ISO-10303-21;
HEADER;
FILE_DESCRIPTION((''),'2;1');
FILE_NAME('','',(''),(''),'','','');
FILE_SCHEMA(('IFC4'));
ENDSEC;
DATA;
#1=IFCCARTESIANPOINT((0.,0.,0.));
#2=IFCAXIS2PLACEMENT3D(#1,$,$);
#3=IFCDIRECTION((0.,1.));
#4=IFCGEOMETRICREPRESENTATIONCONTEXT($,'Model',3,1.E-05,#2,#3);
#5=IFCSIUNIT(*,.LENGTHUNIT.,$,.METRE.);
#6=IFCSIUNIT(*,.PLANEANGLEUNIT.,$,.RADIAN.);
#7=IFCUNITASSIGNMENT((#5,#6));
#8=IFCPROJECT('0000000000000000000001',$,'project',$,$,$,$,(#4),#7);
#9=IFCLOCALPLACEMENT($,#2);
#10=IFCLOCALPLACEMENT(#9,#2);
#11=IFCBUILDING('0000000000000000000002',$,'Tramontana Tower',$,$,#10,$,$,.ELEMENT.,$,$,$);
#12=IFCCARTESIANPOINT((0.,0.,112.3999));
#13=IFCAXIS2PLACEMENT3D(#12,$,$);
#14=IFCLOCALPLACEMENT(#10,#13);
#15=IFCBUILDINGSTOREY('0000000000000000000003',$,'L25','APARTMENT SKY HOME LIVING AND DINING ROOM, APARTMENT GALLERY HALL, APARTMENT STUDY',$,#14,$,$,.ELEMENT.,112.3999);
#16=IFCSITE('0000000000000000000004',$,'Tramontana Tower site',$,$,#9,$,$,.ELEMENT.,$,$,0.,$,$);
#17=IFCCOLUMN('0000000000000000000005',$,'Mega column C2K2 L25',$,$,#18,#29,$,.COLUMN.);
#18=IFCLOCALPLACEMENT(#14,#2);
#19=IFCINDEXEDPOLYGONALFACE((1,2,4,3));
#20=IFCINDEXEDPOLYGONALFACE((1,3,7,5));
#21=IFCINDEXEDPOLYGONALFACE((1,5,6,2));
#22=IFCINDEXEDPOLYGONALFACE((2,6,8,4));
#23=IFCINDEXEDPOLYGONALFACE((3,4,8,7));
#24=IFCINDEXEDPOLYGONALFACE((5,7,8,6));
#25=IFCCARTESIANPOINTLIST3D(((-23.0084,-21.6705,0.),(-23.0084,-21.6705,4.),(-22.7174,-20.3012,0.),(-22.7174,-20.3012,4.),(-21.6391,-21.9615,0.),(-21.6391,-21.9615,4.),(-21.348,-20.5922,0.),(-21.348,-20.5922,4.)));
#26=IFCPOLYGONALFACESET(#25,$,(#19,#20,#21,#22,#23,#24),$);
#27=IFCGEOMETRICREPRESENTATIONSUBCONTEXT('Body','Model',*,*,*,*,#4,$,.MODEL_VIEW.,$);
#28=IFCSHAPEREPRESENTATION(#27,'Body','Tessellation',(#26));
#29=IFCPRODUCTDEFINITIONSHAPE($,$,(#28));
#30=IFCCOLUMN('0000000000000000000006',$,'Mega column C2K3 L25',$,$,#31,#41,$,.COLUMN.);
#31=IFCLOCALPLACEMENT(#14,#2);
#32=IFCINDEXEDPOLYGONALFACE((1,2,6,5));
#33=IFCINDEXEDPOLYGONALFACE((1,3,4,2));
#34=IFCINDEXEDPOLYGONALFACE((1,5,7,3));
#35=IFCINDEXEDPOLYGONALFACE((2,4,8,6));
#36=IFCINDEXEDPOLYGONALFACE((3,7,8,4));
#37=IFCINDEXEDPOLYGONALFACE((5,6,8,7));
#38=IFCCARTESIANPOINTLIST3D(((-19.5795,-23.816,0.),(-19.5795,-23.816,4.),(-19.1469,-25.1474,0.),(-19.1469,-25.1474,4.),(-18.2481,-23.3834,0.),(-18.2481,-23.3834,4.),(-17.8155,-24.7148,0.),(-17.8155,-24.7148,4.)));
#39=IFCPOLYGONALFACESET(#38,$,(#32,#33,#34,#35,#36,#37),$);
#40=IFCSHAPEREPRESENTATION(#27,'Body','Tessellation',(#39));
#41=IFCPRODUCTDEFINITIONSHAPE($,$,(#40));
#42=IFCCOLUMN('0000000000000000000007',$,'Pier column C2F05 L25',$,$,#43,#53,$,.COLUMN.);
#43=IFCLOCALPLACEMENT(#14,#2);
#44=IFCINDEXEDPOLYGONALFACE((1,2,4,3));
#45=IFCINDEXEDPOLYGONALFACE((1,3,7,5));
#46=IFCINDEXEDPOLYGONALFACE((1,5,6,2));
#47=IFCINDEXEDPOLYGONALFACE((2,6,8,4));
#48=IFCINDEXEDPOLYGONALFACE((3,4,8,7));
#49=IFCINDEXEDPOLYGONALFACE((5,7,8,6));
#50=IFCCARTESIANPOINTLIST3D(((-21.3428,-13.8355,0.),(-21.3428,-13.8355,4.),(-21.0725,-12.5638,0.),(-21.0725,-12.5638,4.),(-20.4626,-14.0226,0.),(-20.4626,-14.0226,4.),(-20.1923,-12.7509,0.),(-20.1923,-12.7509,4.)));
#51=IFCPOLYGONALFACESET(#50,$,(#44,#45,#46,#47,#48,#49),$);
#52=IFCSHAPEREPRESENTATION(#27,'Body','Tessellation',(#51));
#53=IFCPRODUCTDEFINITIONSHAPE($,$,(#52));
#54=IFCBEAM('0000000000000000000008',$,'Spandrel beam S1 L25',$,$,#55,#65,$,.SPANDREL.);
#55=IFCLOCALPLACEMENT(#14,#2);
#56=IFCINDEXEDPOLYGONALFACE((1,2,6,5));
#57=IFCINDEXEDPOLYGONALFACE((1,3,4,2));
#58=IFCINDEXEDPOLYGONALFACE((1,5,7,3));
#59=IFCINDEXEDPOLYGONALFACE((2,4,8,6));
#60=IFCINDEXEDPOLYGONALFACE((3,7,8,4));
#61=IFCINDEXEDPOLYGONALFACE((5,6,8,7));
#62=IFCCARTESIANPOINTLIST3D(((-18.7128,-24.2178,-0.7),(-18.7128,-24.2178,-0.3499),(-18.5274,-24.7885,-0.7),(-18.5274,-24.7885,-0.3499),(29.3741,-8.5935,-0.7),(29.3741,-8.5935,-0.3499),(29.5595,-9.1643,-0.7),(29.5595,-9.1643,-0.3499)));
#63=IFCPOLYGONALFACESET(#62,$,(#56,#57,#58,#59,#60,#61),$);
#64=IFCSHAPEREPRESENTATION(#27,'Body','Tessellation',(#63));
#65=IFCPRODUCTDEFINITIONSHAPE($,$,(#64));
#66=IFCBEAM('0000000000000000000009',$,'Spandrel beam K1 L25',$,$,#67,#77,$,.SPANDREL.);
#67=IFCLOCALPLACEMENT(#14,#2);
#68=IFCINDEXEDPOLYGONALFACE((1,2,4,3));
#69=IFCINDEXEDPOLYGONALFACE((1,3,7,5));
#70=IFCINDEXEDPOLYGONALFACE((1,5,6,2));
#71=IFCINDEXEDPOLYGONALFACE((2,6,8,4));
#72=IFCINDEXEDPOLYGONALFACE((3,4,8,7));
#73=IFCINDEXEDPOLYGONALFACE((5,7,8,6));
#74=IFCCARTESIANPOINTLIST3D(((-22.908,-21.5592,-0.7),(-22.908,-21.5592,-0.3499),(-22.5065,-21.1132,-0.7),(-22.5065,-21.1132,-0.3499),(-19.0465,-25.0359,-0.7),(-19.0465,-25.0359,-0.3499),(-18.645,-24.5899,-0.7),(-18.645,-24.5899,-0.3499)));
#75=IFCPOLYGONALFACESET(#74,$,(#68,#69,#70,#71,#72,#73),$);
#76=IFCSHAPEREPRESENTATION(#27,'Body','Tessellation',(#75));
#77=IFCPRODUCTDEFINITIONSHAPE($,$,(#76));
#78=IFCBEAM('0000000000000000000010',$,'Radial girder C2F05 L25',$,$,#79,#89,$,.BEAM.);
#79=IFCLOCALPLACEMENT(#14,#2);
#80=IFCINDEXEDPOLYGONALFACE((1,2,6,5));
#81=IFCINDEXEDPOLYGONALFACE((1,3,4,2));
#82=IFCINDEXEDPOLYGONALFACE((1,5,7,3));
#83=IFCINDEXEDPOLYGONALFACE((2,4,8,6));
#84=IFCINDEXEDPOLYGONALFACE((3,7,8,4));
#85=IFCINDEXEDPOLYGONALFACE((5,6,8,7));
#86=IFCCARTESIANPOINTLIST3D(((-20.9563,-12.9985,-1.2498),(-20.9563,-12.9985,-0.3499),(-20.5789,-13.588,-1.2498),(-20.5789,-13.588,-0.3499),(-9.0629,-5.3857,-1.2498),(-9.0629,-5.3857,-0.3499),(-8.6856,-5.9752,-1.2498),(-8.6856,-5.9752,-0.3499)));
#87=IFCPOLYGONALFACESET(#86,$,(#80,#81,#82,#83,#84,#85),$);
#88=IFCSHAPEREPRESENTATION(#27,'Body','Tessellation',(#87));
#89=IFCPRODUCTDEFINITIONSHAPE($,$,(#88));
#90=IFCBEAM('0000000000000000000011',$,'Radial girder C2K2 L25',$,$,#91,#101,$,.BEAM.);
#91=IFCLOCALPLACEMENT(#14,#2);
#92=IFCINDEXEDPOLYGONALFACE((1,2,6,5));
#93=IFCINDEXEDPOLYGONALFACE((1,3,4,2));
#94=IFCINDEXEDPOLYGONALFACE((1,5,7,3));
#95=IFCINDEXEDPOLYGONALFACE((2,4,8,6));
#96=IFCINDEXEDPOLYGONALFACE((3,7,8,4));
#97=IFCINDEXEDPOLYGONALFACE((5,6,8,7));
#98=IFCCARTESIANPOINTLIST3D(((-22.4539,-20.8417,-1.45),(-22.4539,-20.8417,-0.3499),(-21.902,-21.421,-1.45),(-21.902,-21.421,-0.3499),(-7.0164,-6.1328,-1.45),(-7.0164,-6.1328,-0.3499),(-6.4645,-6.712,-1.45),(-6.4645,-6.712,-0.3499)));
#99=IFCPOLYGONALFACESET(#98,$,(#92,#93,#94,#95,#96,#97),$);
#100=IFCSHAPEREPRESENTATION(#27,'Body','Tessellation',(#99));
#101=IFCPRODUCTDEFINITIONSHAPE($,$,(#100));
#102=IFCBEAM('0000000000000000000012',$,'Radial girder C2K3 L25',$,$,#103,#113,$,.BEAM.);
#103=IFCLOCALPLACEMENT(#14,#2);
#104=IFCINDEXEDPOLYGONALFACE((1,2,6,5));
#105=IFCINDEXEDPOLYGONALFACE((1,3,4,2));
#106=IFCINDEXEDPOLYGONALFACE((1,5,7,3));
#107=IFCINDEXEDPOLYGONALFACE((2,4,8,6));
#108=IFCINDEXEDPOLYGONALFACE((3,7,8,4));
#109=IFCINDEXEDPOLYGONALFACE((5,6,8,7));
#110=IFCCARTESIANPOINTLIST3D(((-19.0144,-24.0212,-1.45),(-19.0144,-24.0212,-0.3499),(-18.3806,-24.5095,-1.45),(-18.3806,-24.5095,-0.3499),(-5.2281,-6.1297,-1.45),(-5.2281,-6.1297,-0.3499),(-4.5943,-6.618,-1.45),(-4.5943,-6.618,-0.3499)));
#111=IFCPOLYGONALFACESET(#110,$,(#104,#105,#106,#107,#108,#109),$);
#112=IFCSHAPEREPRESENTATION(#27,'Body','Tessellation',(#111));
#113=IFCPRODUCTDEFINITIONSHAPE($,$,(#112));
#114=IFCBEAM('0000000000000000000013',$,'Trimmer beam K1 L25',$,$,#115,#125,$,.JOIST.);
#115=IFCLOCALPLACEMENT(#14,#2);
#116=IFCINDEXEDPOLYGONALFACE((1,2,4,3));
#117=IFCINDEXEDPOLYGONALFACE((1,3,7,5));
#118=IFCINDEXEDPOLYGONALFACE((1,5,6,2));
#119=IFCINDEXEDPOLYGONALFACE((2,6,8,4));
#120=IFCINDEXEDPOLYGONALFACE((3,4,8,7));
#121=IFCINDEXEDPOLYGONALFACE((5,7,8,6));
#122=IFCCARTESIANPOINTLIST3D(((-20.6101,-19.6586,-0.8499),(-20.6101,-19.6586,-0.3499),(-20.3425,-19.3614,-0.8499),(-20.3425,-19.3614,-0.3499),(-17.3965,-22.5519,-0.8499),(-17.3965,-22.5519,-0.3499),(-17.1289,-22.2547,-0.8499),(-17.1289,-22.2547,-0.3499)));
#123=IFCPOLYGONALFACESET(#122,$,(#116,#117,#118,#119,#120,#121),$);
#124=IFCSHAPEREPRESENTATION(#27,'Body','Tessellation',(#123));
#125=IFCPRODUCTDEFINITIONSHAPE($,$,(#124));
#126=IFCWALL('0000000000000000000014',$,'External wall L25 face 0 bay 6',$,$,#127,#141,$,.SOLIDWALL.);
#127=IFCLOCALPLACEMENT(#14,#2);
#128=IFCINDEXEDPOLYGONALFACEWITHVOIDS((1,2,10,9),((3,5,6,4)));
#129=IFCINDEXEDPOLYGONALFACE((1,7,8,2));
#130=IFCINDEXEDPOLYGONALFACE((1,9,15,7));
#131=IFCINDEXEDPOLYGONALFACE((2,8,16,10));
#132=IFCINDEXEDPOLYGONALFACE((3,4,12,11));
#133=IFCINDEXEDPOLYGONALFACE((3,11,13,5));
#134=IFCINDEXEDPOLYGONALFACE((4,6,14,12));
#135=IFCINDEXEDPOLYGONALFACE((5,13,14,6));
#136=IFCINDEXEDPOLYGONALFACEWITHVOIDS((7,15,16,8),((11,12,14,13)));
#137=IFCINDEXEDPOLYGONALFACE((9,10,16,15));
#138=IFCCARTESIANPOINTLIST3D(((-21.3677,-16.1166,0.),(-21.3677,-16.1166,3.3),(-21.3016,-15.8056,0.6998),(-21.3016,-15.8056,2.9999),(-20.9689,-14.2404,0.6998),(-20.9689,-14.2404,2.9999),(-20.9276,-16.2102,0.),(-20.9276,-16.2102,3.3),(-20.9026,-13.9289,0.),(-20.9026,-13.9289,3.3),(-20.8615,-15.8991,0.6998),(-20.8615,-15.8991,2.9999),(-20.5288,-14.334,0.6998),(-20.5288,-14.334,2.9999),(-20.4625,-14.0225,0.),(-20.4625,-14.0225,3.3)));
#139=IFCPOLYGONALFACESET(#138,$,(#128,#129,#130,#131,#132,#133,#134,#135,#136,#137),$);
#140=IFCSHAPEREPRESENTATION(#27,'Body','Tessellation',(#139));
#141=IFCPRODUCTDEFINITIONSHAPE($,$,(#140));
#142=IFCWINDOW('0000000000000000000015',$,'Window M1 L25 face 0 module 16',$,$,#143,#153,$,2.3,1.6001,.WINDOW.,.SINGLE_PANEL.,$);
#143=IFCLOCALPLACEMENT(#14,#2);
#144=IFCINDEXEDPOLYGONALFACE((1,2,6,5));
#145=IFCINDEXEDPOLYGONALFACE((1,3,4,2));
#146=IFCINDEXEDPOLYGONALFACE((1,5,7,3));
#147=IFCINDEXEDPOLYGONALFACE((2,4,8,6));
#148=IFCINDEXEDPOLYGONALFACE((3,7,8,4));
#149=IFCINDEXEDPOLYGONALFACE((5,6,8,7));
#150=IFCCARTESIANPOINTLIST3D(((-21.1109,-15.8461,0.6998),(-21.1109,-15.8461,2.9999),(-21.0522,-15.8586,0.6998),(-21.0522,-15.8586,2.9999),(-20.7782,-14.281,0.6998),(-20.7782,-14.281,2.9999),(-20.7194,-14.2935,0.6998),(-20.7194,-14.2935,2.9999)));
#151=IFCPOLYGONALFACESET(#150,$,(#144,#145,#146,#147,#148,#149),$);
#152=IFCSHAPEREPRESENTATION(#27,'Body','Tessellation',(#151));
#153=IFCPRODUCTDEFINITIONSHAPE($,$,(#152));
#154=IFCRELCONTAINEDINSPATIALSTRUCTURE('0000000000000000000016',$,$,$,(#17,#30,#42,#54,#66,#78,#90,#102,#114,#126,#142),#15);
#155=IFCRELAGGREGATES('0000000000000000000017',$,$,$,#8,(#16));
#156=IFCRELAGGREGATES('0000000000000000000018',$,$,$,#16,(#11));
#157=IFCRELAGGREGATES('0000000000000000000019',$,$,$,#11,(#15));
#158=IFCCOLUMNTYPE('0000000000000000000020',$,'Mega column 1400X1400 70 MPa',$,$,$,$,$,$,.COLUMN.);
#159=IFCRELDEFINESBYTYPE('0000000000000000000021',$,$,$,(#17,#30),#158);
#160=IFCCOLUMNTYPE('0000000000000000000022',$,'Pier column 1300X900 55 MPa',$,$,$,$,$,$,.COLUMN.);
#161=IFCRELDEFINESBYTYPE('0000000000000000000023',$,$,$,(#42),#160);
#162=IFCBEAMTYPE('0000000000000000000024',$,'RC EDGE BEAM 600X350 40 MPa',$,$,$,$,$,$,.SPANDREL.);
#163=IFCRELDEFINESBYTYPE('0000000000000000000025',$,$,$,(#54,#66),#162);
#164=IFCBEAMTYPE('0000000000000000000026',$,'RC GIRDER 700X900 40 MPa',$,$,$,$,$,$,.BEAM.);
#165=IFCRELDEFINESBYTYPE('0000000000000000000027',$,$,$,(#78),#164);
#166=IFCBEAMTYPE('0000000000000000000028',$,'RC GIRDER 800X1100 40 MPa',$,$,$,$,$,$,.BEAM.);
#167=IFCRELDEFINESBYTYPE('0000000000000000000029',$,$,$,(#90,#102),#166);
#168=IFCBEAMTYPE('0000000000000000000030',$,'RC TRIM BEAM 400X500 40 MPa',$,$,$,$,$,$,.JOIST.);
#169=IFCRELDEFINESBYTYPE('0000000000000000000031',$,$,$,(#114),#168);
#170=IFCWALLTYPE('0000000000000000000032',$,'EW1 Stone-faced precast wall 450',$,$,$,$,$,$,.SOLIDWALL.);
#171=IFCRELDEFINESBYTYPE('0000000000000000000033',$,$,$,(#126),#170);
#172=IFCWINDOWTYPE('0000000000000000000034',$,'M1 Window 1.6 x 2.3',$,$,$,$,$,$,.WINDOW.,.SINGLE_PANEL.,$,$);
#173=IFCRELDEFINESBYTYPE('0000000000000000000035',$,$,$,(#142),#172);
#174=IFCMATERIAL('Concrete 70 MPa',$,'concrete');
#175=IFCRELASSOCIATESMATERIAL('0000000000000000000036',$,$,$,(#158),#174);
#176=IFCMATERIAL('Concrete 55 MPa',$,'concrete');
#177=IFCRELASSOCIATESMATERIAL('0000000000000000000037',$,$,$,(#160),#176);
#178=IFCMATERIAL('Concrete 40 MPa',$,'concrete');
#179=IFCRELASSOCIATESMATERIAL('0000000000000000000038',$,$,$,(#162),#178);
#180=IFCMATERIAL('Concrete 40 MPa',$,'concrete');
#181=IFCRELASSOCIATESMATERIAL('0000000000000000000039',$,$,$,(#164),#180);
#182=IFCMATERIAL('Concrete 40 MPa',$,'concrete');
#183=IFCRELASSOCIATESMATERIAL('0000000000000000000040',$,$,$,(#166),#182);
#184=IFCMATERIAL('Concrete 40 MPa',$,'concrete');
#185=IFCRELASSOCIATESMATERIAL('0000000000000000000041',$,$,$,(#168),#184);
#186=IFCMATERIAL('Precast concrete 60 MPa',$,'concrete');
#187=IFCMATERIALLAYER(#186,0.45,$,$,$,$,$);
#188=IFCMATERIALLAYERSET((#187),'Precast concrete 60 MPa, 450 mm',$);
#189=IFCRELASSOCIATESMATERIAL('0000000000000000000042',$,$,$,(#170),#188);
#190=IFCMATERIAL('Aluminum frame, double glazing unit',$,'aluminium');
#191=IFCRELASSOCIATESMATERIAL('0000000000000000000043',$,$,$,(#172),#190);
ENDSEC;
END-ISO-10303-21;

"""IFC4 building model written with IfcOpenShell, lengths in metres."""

from ifc_helpers import new_model, si_unit, direction, frame, frame_2d, origin, origin_2d, place, context, subcontext, project, spatial, rectangle, extrude, material, layer, layer_set, material_profile, profile_set, type_object, element, fill, save


model = new_model("IFC4")

# Units and contexts
model_context = context("Model", 3, precision=1e-05, world=origin(), true_north=direction((0.0, 1.0)))
body_context = subcontext(model_context, "Body", "Model", "MODEL_VIEW")
ifc_project = project(units=[si_unit("LENGTHUNIT", "METRE"), si_unit("PLANEANGLEUNIT", "RADIAN")], contexts=[model_context])

# Site, building, storey
site_placement = place(None, origin())
site = spatial("IfcSite", under=ifc_project, at=site_placement, Name="Tramontana Tower site", CompositionType="ELEMENT", RefElevation=0.0)
building_placement = place(site_placement, origin())
building = spatial("IfcBuilding", under=site, at=building_placement, Name="Tramontana Tower", CompositionType="ELEMENT")
storey_placement = place(building_placement, frame((0.0, 0.0, 112.3999)))
storey = spatial("IfcBuildingStorey", under=building, at=storey_placement, Name="L25", Description="APARTMENT SKY HOME LIVING AND DINING ROOM, APARTMENT GALLERY HALL, APARTMENT STUDY", CompositionType="ELEMENT", Elevation=112.3999)

# Columns
ifc_material_1 = material(Name="Concrete 70 MPa", Category="concrete")
ifc_material_profile_1 = material_profile(ifc_material_1, rectangle(XDim=1.3999, YDim=1.3999, at=origin_2d()), Name="Mega column 1400X1400 70 MPa")
ifc_profile_set_1 = profile_set([ifc_material_profile_1], Name="Concrete 70 MPa")
column_type_1 = type_object("IfcColumnType", Name="Mega column 1400X1400 70 MPa", PredefinedType="COLUMN", material=ifc_profile_set_1)
for number, where, z_axis, x_axis, name in (
    (1, (-22.1782, -21.1313, 0.0), (0.0, 0.0, 1.0), (-0.207912, -0.978148, 0.0), "Mega column C2K2 L25"),
    (2, (-18.6975, -24.2654, 0.0), (0.0, 0.0, 1.0), (0.951057, 0.309017, 0.0), "Mega column C2K3 L25"),
):
    element("IfcColumn", number, at=place(storey_placement, frame(where, z_axis=z_axis, x_axis=x_axis)), inside=storey, type_object=column_type_1, Name=name, PredefinedType="COLUMN", context=body_context, shape_type="SweptSolid", body=[
        extrude(rectangle(XDim=1.3999, YDim=1.3999, at=origin_2d()), origin(), (0.0, 0.0, 1.0), 4.0),
    ])
ifc_material_2 = material(Name="Concrete 55 MPa", Category="concrete")
ifc_material_profile_2 = material_profile(ifc_material_2, rectangle(XDim=1.3, YDim=0.8999, at=origin_2d()), Name="Pier column 1300X900 55 MPa")
ifc_profile_set_2 = profile_set([ifc_material_profile_2], Name="Concrete 55 MPa")
column_type_2 = type_object("IfcColumnType", Name="Pier column 1300X900 55 MPa", PredefinedType="COLUMN", material=ifc_profile_set_2)
column_placement = place(storey_placement, frame((-20.7676, -13.2932, 0.0), z_axis=(0.0, 0.0, 1.0), x_axis=(-0.207912, -0.978148, 0.0)))
element("IfcColumn", 3, at=column_placement, inside=storey, type_object=column_type_2, Name="Pier column C2F05 L25", PredefinedType="COLUMN", context=body_context, shape_type="SweptSolid", body=[
    extrude(rectangle(XDim=1.3, YDim=0.8999, at=origin_2d()), origin(), (0.0, 0.0, 1.0), 4.0),
])

# Beams
ifc_material_3 = material(Name="Concrete 40 MPa", Category="concrete")
ifc_material_profile_3 = material_profile(ifc_material_3, rectangle(XDim=0.6001, YDim=0.3501, at=origin_2d()), Name="RC EDGE BEAM 600X350 40 MPa")
ifc_profile_set_3 = profile_set([ifc_material_profile_3], Name="Concrete 40 MPa")
beam_type_1 = type_object("IfcBeamType", Name="RC EDGE BEAM 600X350 40 MPa", PredefinedType="SPANDREL", material=ifc_profile_set_3)
beam_1_placement = place(storey_placement, frame((-18.6201, -24.5032, -0.5249), z_axis=(0.951057, 0.309015, 0.0), x_axis=(-0.309015, 0.951057, 0.0)))
element("IfcBeam", 4, at=beam_1_placement, inside=storey, type_object=beam_type_1, Name="Spandrel beam S1 L25", PredefinedType="SPANDREL", context=body_context, shape_type="SweptSolid", body=[
    extrude(rectangle(XDim=0.6001, YDim=0.3501, at=origin_2d()), origin(), (0.0, 0.0, 1.0), 50.5615),
])
beam_2_placement = place(storey_placement, frame((-22.7073, -21.3362, -0.5249), z_axis=(0.743161, -0.669113, 0.0), x_axis=(0.669113, 0.743161, 0.0)))
element("IfcBeam", 5, at=beam_2_placement, inside=storey, type_object=beam_type_1, Name="Spandrel beam K1 L25", PredefinedType="SPANDREL", context=body_context, shape_type="SweptSolid", body=[
    extrude(rectangle(XDim=0.6001, YDim=0.3501, at=origin_2d()), origin(), (0.0, 0.0, 1.0), 5.196),
])
ifc_material_4 = material(Name="Concrete 40 MPa", Category="concrete")
ifc_material_profile_4 = material_profile(ifc_material_4, rectangle(XDim=0.7, YDim=0.8999, at=origin_2d()), Name="RC GIRDER 700X900 40 MPa")
ifc_profile_set_4 = profile_set([ifc_material_profile_4], Name="Concrete 40 MPa")
beam_type_2 = type_object("IfcBeamType", Name="RC GIRDER 700X900 40 MPa", PredefinedType="BEAM", material=ifc_profile_set_4)
beam_3_placement = place(storey_placement, frame((-20.7676, -13.2932, -0.7998), z_axis=(0.842237, 0.539108, 0.0), x_axis=(-0.539108, 0.842237, 0.0)))
element("IfcBeam", 6, at=beam_3_placement, inside=storey, type_object=beam_type_2, Name="Radial girder C2F05 L25", PredefinedType="BEAM", context=body_context, shape_type="SweptSolid", body=[
    extrude(rectangle(XDim=0.7, YDim=0.8999, at=origin_2d()), origin(), (0.0, 0.0, 1.0), 14.1211),
])
ifc_material_5 = material(Name="Concrete 40 MPa", Category="concrete")
ifc_material_profile_5 = material_profile(ifc_material_5, rectangle(XDim=0.8, YDim=1.1001, at=origin_2d()), Name="RC GIRDER 800X1100 40 MPa")
ifc_profile_set_5 = profile_set([ifc_material_profile_5], Name="Concrete 40 MPa")
beam_type_3 = type_object("IfcBeamType", Name="RC GIRDER 800X1100 40 MPa", PredefinedType="BEAM", material=ifc_profile_set_5)
beam_4_placement = place(storey_placement, frame((-22.178, -21.1313, -0.8999), z_axis=(0.723983, 0.689818, 0.0), x_axis=(-0.689818, 0.723983, 0.0)))
element("IfcBeam", 7, at=beam_4_placement, inside=storey, type_object=beam_type_3, Name="Radial girder C2K2 L25", PredefinedType="BEAM", context=body_context, shape_type="SweptSolid", body=[
    extrude(rectangle(XDim=0.8, YDim=1.1001, at=origin_2d()), origin(), (0.0, 0.0, 1.0), 21.323),
])
beam_5_placement = place(storey_placement, frame((-18.6975, -24.2654, -0.8999), z_axis=(0.610367, 0.792119, 0.0), x_axis=(-0.792119, 0.610367, 0.0)))
element("IfcBeam", 8, at=beam_5_placement, inside=storey, type_object=beam_type_3, Name="Radial girder C2K3 L25", PredefinedType="BEAM", context=body_context, shape_type="SweptSolid", body=[
    extrude(rectangle(XDim=0.8, YDim=1.1001, at=origin_2d()), origin(), (0.0, 0.0, 1.0), 22.5869),
])
ifc_material_6 = material(Name="Concrete 40 MPa", Category="concrete")
ifc_material_profile_6 = material_profile(ifc_material_6, rectangle(XDim=0.3999, YDim=0.5, at=origin_2d()), Name="RC TRIM BEAM 400X500 40 MPa")
ifc_profile_set_6 = profile_set([ifc_material_profile_6], Name="Concrete 40 MPa")
beam_type_4 = type_object("IfcBeamType", Name="RC TRIM BEAM 400X500 40 MPa", PredefinedType="JOIST", material=ifc_profile_set_6)
beam_6_placement = place(storey_placement, frame((-20.4763, -19.51, -0.5999), z_axis=(0.743173, -0.669099, 0.0), x_axis=(0.669099, 0.743173, 0.0)))
element("IfcBeam", 9, at=beam_6_placement, inside=storey, type_object=beam_type_4, Name="Trimmer beam K1 L25", PredefinedType="JOIST", context=body_context, shape_type="SweptSolid", body=[
    extrude(rectangle(XDim=0.3999, YDim=0.5, at=origin_2d()), origin(), (0.0, 0.0, 1.0), 4.3242),
])

# Wall, opening, window
ifc_material_7 = material(Name="Precast concrete 60 MPa", Category="concrete")
ifc_layer_1 = layer(ifc_material_7, 0.45)
ifc_layer_set_1 = layer_set([ifc_layer_1], Name="Precast concrete 60 MPa, 450 mm")
wall_type_1 = type_object("IfcWallType", Name="EW1 Stone-faced precast wall 450", PredefinedType="SOLIDWALL", material=ifc_layer_set_1)
wall_1_placement = place(storey_placement, frame((-20.6826, -13.9758, 0.0), z_axis=(0.0, 0.0, 1.0), x_axis=(-0.207941, -0.978141, 0.0)))
wall_1 = element("IfcWall", 10, at=wall_1_placement, inside=storey, type_object=wall_type_1, Name="External wall L25 face 0 bay 6", PredefinedType="SOLIDWALL", context=body_context, shape_type="SweptSolid", body=[
    extrude(rectangle(XDim=2.2366, YDim=0.45, at=frame_2d((1.1182, 0.0))), origin(), (0.0, 0.0, 1.0), 3.3),
])
opening_1_placement = place(wall_1_placement, frame((0.3184, 0.0, 0.7)))
opening_1 = element("IfcOpeningElement", 11, at=opening_1_placement, cuts=wall_1, PredefinedType="OPENING", context=body_context, shape_type="SweptSolid", body=[
    extrude(rectangle(XDim=1.6001, YDim=2.3, at=frame_2d((0.8, 1.1499))), frame((0.0, 0.2349, 0.0), z_axis=(0.0, -1.0, 0.0), x_axis=(1.0, 0.0, 0.0)), (0.0, 0.0, 1.0), 0.47),
])
ifc_material_8 = material(Name="Aluminum frame, double glazing unit", Category="aluminium")
window_type_1 = type_object("IfcWindowType", Name="M1 Window 1.6 x 2.3", PartitioningType="SINGLE_PANEL", PredefinedType="WINDOW", material=ifc_material_8)
window_1_placement = place(opening_1_placement, origin())
window_1 = element("IfcWindow", 12, at=window_1_placement, inside=storey, type_object=window_type_1, Name="Window M1 L25 face 0 module 16", OverallHeight=2.3, OverallWidth=1.6001, PartitioningType="SINGLE_PANEL", PredefinedType="WINDOW", context=body_context, shape_type="SweptSolid", body=[
    extrude(rectangle(XDim=1.6001, YDim=2.3, at=frame_2d((0.8, 1.1499))), frame((0.0, 0.03, 0.0), z_axis=(0.0, -1.0, 0.0), x_axis=(1.0, 0.0, 0.0)), (0.0, 0.0, 1.0), 0.0601),
])
fill(opening_1, window_1)

save(model, "model.ifc")
